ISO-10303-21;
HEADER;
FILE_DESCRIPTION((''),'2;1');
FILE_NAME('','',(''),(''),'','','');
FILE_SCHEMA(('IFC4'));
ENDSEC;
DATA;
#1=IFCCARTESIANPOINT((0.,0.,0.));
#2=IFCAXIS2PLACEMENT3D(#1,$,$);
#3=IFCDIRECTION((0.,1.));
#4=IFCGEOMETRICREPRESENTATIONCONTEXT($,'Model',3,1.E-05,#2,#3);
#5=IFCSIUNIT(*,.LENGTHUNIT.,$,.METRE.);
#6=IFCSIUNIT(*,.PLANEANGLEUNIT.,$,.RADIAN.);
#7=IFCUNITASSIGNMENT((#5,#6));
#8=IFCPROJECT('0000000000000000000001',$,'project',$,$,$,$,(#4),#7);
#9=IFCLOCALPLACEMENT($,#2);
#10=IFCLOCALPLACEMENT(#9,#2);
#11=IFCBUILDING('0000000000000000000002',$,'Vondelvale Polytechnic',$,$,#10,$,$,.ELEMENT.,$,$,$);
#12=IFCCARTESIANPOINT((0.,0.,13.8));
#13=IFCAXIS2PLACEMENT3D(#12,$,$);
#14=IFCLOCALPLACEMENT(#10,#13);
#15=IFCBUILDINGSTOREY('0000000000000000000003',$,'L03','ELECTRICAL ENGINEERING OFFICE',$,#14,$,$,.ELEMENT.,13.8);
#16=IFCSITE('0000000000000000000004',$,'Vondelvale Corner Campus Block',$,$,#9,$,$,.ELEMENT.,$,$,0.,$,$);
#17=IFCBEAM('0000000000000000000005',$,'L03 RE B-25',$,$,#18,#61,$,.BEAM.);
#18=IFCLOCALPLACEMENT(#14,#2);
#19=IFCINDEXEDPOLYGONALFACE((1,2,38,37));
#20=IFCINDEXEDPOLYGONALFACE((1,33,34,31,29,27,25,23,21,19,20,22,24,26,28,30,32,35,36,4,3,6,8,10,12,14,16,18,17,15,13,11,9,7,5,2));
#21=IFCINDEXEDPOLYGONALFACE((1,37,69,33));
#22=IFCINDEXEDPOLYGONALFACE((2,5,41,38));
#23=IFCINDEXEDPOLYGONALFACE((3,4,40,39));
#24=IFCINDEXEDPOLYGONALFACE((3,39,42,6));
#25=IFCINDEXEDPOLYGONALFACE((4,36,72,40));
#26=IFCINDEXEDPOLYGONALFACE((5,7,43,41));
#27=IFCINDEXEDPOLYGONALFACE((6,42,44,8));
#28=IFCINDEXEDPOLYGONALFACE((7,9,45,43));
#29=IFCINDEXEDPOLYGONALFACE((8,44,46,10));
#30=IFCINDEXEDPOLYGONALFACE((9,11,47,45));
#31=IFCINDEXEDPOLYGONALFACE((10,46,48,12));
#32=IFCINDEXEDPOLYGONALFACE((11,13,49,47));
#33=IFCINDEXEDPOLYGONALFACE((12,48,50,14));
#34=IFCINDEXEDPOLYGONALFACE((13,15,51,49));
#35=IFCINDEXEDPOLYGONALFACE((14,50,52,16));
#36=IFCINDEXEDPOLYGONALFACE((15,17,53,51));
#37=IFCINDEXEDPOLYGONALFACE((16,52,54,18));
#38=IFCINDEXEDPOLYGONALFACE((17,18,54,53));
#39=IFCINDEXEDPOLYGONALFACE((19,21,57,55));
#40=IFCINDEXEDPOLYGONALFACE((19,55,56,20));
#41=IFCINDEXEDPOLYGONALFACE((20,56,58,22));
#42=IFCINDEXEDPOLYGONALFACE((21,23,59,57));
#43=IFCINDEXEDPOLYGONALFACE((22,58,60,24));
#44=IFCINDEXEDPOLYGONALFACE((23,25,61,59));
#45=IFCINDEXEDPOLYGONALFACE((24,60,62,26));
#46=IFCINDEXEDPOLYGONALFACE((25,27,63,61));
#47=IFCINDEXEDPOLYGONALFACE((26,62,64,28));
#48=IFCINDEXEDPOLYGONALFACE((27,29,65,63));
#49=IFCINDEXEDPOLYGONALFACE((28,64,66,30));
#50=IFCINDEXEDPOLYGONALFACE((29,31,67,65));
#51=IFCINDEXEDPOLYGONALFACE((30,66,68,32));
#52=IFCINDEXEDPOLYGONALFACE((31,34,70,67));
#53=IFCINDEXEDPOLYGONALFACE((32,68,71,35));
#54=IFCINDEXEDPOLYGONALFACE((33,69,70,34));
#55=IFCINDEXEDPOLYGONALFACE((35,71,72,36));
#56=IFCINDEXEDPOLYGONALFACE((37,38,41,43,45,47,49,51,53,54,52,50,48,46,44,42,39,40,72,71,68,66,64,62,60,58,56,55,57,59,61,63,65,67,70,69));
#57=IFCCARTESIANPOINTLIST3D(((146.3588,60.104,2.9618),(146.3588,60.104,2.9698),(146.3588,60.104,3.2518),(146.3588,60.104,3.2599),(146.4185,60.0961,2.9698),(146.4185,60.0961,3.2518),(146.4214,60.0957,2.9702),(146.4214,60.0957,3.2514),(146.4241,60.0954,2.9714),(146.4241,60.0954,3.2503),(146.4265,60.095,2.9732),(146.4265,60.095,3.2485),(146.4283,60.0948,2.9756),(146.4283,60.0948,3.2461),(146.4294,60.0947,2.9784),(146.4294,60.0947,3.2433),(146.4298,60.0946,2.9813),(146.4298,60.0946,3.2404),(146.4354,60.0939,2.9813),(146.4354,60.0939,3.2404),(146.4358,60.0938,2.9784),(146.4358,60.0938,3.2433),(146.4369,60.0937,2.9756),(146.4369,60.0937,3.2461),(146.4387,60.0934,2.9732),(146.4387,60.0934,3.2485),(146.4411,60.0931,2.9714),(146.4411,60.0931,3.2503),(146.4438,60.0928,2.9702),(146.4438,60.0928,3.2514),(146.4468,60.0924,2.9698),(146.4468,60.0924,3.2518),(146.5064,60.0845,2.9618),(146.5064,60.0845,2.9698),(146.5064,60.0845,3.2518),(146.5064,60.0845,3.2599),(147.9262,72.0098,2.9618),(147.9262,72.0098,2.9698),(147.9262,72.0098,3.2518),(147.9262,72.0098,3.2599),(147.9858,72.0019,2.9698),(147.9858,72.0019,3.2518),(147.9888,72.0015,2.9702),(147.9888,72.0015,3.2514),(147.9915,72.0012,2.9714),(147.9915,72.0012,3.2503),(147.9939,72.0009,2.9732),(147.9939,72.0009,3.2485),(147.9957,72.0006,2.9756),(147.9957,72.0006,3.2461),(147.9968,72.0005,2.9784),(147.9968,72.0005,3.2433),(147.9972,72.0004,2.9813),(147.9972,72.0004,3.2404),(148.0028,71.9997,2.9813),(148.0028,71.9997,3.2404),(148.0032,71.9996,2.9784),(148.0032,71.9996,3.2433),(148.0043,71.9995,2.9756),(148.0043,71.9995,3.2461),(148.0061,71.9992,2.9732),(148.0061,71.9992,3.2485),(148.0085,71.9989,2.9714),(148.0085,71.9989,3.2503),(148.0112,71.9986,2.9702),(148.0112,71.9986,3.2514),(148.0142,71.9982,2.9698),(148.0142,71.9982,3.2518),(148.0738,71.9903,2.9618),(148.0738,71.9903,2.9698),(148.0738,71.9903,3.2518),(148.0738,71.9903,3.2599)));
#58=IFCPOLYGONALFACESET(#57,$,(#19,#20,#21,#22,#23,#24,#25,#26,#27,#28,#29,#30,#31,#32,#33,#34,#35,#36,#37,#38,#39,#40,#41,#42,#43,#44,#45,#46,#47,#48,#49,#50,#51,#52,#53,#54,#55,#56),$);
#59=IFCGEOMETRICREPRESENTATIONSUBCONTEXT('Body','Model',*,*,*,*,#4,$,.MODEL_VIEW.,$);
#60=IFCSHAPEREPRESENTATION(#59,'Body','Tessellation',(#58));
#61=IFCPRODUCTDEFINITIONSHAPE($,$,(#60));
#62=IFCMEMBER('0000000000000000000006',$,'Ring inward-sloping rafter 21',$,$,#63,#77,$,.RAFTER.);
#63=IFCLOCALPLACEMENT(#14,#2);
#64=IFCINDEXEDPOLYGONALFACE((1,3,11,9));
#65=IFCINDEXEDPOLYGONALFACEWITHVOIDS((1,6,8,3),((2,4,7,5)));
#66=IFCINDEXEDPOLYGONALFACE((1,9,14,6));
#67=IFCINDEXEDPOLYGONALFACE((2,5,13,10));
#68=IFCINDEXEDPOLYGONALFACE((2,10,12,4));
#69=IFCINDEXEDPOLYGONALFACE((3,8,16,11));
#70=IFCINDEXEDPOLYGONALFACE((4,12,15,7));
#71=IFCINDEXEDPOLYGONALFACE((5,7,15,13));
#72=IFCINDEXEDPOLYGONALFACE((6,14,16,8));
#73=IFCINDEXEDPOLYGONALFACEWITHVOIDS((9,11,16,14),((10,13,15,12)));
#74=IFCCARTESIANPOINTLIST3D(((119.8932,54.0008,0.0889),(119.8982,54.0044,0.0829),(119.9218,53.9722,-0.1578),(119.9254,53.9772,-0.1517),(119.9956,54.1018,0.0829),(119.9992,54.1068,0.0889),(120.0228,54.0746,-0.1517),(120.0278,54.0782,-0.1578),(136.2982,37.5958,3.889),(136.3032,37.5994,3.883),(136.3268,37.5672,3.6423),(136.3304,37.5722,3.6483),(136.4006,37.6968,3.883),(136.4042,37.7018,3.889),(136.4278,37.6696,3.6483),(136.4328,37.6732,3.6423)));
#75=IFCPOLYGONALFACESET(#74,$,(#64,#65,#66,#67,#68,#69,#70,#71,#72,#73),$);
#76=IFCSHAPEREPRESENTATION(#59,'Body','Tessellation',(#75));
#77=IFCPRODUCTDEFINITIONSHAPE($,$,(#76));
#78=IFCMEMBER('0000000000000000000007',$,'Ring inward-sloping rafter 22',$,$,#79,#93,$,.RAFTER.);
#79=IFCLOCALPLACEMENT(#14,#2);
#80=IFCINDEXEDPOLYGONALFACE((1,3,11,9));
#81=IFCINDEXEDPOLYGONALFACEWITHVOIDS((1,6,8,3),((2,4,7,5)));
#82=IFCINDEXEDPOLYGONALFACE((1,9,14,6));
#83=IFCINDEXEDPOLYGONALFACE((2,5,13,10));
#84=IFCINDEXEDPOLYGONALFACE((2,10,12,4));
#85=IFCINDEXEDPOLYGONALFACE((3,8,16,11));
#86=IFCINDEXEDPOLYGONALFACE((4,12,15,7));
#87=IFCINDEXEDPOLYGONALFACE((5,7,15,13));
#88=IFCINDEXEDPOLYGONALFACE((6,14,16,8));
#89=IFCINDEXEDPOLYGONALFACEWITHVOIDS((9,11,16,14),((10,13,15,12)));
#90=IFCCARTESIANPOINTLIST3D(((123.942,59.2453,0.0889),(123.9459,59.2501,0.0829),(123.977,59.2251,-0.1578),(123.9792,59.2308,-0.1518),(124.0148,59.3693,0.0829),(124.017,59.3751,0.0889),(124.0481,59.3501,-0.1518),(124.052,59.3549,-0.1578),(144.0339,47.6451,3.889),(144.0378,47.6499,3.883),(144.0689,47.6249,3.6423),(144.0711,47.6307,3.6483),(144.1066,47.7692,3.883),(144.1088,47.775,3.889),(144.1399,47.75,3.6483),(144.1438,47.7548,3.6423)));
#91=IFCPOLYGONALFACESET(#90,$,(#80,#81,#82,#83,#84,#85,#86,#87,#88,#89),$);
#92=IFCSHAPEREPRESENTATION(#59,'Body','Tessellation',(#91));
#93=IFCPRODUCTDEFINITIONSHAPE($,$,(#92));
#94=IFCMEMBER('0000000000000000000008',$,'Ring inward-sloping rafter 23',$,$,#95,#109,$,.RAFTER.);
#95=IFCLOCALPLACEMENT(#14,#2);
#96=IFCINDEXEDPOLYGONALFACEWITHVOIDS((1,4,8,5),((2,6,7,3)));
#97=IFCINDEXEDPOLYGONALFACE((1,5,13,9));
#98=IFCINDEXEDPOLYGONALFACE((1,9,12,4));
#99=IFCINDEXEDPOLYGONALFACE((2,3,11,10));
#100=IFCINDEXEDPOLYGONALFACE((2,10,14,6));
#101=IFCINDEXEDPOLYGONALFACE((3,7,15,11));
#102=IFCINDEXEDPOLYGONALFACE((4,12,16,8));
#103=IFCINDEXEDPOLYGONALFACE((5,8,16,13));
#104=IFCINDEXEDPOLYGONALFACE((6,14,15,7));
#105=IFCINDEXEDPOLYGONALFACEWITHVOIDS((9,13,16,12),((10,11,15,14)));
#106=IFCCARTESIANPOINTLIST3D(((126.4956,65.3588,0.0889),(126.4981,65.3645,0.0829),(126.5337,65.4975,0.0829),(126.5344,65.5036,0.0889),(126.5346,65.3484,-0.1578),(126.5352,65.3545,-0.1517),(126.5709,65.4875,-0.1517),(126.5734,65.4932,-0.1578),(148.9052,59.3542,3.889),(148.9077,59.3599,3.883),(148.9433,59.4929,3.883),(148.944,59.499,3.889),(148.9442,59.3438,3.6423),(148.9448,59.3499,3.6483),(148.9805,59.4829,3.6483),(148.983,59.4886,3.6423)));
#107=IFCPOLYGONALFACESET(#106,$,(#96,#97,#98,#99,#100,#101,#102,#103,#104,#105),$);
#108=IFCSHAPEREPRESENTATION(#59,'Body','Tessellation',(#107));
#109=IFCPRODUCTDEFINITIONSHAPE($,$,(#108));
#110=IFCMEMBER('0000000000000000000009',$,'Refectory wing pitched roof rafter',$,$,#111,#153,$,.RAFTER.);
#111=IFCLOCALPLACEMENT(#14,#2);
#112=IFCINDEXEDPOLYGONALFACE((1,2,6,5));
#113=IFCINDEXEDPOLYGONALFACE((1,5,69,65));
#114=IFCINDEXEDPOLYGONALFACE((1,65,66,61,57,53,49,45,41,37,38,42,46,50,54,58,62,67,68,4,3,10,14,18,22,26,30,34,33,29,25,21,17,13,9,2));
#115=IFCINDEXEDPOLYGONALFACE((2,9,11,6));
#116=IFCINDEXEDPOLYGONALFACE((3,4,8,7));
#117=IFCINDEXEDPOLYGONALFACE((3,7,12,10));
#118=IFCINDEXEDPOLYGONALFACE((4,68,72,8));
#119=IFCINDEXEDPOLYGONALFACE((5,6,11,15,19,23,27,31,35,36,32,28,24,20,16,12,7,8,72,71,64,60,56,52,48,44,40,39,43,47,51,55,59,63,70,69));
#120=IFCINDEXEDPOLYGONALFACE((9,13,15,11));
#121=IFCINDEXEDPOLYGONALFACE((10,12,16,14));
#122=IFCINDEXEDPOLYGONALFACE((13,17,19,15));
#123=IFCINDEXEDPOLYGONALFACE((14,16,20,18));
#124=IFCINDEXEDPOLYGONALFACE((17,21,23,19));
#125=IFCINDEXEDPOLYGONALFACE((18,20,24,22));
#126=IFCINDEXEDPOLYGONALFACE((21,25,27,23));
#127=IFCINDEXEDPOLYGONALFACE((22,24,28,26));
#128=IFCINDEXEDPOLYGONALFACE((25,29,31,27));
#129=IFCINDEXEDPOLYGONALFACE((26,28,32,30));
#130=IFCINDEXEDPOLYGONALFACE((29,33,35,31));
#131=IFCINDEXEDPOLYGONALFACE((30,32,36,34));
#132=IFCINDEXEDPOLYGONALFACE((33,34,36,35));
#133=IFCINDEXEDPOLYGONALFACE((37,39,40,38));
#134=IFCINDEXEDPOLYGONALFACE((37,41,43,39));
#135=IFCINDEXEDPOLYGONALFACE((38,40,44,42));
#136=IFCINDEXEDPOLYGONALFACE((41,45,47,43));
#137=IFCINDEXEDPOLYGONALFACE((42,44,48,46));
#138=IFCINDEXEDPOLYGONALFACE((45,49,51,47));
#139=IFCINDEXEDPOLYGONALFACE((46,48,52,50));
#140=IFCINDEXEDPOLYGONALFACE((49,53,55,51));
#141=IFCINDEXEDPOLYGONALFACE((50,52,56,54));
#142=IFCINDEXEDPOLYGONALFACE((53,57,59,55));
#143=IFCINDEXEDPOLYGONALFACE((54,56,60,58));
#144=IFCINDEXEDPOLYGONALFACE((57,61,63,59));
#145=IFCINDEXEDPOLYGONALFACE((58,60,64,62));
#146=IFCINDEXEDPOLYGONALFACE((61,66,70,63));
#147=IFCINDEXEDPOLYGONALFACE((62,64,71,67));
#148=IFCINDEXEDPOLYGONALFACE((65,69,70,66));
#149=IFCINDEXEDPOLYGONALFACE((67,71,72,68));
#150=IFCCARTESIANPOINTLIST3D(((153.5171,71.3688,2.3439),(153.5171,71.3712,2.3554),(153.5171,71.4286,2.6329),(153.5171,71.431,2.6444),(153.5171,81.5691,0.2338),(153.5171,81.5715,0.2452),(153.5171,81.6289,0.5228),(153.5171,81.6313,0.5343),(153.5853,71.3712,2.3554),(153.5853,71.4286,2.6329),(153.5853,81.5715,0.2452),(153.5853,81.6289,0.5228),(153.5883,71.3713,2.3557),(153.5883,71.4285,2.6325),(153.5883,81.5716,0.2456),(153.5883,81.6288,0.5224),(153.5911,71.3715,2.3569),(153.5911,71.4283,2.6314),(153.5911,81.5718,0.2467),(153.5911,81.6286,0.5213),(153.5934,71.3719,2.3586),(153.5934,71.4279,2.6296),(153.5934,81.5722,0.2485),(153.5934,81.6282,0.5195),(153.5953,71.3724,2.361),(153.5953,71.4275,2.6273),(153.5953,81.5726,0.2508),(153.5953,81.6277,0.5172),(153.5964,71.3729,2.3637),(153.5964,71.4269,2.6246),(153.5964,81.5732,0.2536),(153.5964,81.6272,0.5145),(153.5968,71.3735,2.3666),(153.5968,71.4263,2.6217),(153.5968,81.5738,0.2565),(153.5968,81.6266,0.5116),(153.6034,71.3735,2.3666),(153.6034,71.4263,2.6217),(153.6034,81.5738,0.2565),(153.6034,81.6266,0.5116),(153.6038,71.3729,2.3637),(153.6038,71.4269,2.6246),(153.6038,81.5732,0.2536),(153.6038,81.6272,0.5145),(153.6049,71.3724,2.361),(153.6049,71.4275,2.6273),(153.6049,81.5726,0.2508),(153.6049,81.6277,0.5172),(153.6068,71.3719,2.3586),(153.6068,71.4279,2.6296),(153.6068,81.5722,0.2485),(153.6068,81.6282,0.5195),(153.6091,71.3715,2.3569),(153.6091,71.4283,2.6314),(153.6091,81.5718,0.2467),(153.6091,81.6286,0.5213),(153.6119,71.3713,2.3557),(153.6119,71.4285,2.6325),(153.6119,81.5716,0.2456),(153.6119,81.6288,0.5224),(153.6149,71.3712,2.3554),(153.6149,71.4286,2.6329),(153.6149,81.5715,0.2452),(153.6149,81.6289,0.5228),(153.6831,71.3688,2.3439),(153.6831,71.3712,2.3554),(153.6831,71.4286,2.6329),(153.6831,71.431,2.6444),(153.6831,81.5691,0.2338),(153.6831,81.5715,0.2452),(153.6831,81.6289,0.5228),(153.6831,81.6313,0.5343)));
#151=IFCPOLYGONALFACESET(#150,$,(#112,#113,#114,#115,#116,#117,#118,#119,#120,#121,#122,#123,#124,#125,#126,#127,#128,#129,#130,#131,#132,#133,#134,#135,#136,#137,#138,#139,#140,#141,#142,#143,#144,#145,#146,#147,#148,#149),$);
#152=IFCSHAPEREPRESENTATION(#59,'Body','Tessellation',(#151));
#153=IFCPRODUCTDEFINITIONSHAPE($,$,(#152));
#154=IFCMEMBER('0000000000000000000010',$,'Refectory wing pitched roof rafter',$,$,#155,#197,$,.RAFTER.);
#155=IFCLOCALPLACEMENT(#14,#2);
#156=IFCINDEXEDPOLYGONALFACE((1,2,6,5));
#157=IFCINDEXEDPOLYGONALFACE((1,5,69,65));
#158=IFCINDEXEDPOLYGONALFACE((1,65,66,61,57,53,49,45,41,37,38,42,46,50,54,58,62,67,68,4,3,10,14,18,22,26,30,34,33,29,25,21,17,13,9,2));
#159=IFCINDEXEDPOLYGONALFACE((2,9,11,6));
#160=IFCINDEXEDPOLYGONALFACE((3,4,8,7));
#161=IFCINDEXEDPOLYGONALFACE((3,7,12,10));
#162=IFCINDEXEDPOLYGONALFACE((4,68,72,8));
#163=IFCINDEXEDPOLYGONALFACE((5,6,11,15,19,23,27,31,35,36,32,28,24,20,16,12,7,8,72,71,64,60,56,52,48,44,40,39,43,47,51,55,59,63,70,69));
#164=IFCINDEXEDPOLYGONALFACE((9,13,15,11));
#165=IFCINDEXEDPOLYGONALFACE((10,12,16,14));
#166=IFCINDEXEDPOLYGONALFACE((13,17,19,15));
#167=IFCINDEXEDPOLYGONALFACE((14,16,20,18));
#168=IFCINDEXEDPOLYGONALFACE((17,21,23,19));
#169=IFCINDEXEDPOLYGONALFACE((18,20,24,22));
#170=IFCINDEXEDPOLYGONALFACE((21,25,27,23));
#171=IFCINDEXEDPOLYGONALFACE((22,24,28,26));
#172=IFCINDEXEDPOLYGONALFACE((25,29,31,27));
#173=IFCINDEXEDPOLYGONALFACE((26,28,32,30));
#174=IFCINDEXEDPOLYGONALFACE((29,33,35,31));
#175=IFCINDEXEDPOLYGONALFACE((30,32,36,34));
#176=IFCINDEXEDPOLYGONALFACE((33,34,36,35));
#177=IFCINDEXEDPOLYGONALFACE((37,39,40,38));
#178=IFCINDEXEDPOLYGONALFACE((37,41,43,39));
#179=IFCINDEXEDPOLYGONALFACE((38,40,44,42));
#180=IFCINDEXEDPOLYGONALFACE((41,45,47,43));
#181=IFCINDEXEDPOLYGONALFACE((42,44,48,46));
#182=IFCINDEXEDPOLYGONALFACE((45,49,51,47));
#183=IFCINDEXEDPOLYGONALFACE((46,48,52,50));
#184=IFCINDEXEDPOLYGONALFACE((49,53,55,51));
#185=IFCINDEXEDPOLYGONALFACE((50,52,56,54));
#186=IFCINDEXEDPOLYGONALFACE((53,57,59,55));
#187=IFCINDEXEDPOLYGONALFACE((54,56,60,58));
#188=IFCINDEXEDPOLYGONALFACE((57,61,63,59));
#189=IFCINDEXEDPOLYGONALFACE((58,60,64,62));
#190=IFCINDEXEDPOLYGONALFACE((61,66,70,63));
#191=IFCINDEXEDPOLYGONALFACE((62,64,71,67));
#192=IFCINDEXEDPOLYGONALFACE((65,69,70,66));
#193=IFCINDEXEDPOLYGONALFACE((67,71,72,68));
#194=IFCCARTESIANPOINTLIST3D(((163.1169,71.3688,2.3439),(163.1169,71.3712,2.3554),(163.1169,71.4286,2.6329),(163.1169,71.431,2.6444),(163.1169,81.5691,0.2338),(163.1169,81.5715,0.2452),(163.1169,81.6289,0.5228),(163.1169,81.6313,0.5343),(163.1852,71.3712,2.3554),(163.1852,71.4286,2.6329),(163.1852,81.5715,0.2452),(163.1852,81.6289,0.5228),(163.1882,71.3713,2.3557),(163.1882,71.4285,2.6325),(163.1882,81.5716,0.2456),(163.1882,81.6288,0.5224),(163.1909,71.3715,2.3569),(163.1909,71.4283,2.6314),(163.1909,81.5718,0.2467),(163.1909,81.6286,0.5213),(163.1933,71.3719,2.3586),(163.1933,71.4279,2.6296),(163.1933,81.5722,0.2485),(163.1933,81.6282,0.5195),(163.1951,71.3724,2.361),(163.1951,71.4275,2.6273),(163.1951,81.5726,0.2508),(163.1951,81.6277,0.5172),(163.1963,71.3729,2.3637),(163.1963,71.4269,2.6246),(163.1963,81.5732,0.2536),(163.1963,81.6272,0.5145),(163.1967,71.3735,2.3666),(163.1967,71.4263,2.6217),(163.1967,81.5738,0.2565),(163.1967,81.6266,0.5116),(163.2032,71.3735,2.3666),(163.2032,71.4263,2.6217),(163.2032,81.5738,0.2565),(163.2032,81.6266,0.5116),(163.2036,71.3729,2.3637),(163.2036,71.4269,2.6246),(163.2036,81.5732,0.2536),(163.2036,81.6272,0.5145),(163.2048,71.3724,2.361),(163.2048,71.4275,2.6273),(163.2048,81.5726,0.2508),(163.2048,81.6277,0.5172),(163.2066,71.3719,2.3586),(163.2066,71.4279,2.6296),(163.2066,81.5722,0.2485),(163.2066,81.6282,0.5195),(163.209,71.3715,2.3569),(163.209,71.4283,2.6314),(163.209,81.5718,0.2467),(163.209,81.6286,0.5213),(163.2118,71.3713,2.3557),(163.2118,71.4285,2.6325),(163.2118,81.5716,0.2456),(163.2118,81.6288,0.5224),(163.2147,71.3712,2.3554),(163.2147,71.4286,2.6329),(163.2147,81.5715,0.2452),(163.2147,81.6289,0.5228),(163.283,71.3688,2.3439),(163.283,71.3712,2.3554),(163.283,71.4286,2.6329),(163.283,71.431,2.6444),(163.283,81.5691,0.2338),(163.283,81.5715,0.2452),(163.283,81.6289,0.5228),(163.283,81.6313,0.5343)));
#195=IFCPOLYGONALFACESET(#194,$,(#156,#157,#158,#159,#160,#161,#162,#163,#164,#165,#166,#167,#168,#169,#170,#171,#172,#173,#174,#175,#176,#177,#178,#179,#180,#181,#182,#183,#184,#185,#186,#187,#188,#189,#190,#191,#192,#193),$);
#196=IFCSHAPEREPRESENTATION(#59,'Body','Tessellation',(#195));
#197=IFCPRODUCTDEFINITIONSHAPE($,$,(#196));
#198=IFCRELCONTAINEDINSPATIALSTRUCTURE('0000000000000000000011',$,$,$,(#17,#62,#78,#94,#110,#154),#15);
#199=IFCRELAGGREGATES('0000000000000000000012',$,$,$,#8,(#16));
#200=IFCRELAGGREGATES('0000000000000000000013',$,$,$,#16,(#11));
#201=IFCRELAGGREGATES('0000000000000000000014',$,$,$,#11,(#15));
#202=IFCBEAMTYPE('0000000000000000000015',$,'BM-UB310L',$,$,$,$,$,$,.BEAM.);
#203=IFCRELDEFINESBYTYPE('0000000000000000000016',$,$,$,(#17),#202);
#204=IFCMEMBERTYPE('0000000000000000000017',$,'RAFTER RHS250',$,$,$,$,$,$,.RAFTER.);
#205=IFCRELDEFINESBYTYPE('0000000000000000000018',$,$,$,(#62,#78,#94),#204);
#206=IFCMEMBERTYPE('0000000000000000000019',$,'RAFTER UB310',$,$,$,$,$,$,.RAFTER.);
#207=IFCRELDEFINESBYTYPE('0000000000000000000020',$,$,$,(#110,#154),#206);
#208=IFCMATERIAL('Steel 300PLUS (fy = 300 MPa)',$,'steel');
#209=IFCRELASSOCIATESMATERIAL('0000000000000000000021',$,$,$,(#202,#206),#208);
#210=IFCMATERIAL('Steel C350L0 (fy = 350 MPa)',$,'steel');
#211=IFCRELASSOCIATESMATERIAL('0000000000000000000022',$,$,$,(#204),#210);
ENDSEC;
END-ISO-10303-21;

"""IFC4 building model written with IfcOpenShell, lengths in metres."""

from ifc_helpers import new_model, si_unit, direction, frame, origin, origin_2d, place, context, subcontext, project, spatial, hollow_rectangle, i_section, extrude, material, material_profile, profile_set, type_object, element, save


model = new_model("IFC4")

# Units and contexts
model_context = context("Model", 3, precision=1e-05, world=origin(), true_north=direction((0.0, 1.0)))
body_context = subcontext(model_context, "Body", "Model", "MODEL_VIEW")
ifc_project = project(units=[si_unit("LENGTHUNIT", "METRE"), si_unit("PLANEANGLEUNIT", "RADIAN")], contexts=[model_context])

# Site, building, storey
site_placement = place(None, origin())
site = spatial("IfcSite", under=ifc_project, at=site_placement, Name="Vondelvale Corner Campus Block", CompositionType="ELEMENT", RefElevation=0.0)
building_placement = place(site_placement, origin())
building = spatial("IfcBuilding", under=site, at=building_placement, Name="Vondelvale Polytechnic", CompositionType="ELEMENT")
storey_placement = place(building_placement, frame((0.0, 0.0, 13.8)))
storey = spatial("IfcBuildingStorey", under=building, at=storey_placement, Name="L03", Description="ELECTRICAL ENGINEERING OFFICE", CompositionType="ELEMENT", Elevation=13.8)

# Beam
ifc_material_1 = material(Name="Steel 300PLUS (fy = 300 MPa)", Category="steel")
ifc_material_profile_1 = material_profile(ifc_material_1, i_section(OverallWidth=0.1489, OverallDepth=0.2981, WebThickness=0.0056, FlangeThickness=0.0081, FilletRadius=0.0115, at=origin_2d()), Name="310UB32.0")
ifc_profile_set_1 = profile_set([ifc_material_profile_1], Name="Steel 300PLUS (fy = 300 MPa)")
beam_type_1 = type_object("IfcBeamType", Name="BM-UB310L", PredefinedType="BEAM", material=ifc_profile_set_1)
beam_1_placement = place(storey_placement, frame((146.4326, 60.0942, 3.1108), z_axis=(0.130523, 0.991445, 0.0), x_axis=(-0.991445, 0.130523, 0.0)))
element("IfcBeam", 1, at=beam_1_placement, inside=storey, type_object=beam_type_1, Name="L03 RE B-25", PredefinedType="BEAM", context=body_context, shape_type="SweptSolid", body=[
    extrude(i_section(OverallWidth=0.1489, OverallDepth=0.2981, WebThickness=0.0056, FlangeThickness=0.0081, FilletRadius=0.0115, at=origin_2d()), origin(), (0.0, 0.0, 1.0), 12.0085),
])

# Members
ifc_material_2 = material(Name="Steel C350L0 (fy = 350 MPa)", Category="steel")
ifc_material_profile_2 = material_profile(ifc_material_2, hollow_rectangle(XDim=0.1499, YDim=0.25, WallThickness=0.0061, at=origin_2d()), Name="250x150x6.0RHS")
ifc_profile_set_2 = profile_set([ifc_material_profile_2], Name="Steel C350L0 (fy = 350 MPa)")
member_type_1 = type_object("IfcMemberType", Name="RAFTER RHS250", PredefinedType="RAFTER", material=ifc_profile_set_2)
for number, where, z_axis, x_axis, name in (
    (2, (136.3655, 37.6345, 3.7656), (-0.697808, 0.697808, -0.16164), (-0.707107, -0.707107, 0.0), "Ring inward-sloping rafter 21"),
    (3, (144.0889, 47.7, 3.7656), (-0.854635, 0.493428, -0.161641), (-0.500003, -0.866024, 0.0), "Ring inward-sloping rafter 22"),
    (4, (148.9441, 59.4214, 3.7656), (-0.953224, 0.255415, -0.16164), (-0.258818, -0.965926, 0.0), "Ring inward-sloping rafter 23"),
):
    element("IfcMember", number, at=place(storey_placement, frame(where, z_axis=z_axis, x_axis=x_axis)), inside=storey, type_object=member_type_1, Name=name, PredefinedType="RAFTER", context=body_context, shape_type="SweptSolid", body=[
        extrude(hollow_rectangle(XDim=0.1499, YDim=0.25, WallThickness=0.0061, at=origin_2d()), origin(), (0.0, 0.0, 1.0), 23.5093),
    ])
ifc_material_profile_3 = material_profile(ifc_material_1, i_section(OverallWidth=0.166, OverallDepth=0.3069, WebThickness=0.0066, FlangeThickness=0.0117, FilletRadius=0.0115, at=origin_2d()), Name="310UB46.2")
ifc_profile_set_3 = profile_set([ifc_material_profile_3], Name="Steel 300PLUS (fy = 300 MPa)")
member_type_2 = type_object("IfcMemberType", Name="RAFTER UB310", PredefinedType="RAFTER", material=ifc_profile_set_3)
for number, where, z_axis, x_axis, name in (
    (5, (153.6001, 71.3999, 2.4941), (0.0, 0.979266, -0.20258), (-1.0, 0.0, 0.0), "Refectory wing pitched roof rafter"),
    (6, (163.2, 71.3999, 2.4941), (0.0, 0.979266, -0.20258), (-1.0, 0.0, 0.0), "Refectory wing pitched roof rafter"),
):
    element("IfcMember", number, at=place(storey_placement, frame(where, z_axis=z_axis, x_axis=x_axis)), inside=storey, type_object=member_type_2, Name=name, PredefinedType="RAFTER", context=body_context, shape_type="SweptSolid", body=[
        extrude(i_section(OverallWidth=0.166, OverallDepth=0.3069, WebThickness=0.0066, FlangeThickness=0.0117, FilletRadius=0.0115, at=origin_2d()), origin(), (0.0, 0.0, 1.0), 10.4163),
    ])

save(model, "model.ifc")
